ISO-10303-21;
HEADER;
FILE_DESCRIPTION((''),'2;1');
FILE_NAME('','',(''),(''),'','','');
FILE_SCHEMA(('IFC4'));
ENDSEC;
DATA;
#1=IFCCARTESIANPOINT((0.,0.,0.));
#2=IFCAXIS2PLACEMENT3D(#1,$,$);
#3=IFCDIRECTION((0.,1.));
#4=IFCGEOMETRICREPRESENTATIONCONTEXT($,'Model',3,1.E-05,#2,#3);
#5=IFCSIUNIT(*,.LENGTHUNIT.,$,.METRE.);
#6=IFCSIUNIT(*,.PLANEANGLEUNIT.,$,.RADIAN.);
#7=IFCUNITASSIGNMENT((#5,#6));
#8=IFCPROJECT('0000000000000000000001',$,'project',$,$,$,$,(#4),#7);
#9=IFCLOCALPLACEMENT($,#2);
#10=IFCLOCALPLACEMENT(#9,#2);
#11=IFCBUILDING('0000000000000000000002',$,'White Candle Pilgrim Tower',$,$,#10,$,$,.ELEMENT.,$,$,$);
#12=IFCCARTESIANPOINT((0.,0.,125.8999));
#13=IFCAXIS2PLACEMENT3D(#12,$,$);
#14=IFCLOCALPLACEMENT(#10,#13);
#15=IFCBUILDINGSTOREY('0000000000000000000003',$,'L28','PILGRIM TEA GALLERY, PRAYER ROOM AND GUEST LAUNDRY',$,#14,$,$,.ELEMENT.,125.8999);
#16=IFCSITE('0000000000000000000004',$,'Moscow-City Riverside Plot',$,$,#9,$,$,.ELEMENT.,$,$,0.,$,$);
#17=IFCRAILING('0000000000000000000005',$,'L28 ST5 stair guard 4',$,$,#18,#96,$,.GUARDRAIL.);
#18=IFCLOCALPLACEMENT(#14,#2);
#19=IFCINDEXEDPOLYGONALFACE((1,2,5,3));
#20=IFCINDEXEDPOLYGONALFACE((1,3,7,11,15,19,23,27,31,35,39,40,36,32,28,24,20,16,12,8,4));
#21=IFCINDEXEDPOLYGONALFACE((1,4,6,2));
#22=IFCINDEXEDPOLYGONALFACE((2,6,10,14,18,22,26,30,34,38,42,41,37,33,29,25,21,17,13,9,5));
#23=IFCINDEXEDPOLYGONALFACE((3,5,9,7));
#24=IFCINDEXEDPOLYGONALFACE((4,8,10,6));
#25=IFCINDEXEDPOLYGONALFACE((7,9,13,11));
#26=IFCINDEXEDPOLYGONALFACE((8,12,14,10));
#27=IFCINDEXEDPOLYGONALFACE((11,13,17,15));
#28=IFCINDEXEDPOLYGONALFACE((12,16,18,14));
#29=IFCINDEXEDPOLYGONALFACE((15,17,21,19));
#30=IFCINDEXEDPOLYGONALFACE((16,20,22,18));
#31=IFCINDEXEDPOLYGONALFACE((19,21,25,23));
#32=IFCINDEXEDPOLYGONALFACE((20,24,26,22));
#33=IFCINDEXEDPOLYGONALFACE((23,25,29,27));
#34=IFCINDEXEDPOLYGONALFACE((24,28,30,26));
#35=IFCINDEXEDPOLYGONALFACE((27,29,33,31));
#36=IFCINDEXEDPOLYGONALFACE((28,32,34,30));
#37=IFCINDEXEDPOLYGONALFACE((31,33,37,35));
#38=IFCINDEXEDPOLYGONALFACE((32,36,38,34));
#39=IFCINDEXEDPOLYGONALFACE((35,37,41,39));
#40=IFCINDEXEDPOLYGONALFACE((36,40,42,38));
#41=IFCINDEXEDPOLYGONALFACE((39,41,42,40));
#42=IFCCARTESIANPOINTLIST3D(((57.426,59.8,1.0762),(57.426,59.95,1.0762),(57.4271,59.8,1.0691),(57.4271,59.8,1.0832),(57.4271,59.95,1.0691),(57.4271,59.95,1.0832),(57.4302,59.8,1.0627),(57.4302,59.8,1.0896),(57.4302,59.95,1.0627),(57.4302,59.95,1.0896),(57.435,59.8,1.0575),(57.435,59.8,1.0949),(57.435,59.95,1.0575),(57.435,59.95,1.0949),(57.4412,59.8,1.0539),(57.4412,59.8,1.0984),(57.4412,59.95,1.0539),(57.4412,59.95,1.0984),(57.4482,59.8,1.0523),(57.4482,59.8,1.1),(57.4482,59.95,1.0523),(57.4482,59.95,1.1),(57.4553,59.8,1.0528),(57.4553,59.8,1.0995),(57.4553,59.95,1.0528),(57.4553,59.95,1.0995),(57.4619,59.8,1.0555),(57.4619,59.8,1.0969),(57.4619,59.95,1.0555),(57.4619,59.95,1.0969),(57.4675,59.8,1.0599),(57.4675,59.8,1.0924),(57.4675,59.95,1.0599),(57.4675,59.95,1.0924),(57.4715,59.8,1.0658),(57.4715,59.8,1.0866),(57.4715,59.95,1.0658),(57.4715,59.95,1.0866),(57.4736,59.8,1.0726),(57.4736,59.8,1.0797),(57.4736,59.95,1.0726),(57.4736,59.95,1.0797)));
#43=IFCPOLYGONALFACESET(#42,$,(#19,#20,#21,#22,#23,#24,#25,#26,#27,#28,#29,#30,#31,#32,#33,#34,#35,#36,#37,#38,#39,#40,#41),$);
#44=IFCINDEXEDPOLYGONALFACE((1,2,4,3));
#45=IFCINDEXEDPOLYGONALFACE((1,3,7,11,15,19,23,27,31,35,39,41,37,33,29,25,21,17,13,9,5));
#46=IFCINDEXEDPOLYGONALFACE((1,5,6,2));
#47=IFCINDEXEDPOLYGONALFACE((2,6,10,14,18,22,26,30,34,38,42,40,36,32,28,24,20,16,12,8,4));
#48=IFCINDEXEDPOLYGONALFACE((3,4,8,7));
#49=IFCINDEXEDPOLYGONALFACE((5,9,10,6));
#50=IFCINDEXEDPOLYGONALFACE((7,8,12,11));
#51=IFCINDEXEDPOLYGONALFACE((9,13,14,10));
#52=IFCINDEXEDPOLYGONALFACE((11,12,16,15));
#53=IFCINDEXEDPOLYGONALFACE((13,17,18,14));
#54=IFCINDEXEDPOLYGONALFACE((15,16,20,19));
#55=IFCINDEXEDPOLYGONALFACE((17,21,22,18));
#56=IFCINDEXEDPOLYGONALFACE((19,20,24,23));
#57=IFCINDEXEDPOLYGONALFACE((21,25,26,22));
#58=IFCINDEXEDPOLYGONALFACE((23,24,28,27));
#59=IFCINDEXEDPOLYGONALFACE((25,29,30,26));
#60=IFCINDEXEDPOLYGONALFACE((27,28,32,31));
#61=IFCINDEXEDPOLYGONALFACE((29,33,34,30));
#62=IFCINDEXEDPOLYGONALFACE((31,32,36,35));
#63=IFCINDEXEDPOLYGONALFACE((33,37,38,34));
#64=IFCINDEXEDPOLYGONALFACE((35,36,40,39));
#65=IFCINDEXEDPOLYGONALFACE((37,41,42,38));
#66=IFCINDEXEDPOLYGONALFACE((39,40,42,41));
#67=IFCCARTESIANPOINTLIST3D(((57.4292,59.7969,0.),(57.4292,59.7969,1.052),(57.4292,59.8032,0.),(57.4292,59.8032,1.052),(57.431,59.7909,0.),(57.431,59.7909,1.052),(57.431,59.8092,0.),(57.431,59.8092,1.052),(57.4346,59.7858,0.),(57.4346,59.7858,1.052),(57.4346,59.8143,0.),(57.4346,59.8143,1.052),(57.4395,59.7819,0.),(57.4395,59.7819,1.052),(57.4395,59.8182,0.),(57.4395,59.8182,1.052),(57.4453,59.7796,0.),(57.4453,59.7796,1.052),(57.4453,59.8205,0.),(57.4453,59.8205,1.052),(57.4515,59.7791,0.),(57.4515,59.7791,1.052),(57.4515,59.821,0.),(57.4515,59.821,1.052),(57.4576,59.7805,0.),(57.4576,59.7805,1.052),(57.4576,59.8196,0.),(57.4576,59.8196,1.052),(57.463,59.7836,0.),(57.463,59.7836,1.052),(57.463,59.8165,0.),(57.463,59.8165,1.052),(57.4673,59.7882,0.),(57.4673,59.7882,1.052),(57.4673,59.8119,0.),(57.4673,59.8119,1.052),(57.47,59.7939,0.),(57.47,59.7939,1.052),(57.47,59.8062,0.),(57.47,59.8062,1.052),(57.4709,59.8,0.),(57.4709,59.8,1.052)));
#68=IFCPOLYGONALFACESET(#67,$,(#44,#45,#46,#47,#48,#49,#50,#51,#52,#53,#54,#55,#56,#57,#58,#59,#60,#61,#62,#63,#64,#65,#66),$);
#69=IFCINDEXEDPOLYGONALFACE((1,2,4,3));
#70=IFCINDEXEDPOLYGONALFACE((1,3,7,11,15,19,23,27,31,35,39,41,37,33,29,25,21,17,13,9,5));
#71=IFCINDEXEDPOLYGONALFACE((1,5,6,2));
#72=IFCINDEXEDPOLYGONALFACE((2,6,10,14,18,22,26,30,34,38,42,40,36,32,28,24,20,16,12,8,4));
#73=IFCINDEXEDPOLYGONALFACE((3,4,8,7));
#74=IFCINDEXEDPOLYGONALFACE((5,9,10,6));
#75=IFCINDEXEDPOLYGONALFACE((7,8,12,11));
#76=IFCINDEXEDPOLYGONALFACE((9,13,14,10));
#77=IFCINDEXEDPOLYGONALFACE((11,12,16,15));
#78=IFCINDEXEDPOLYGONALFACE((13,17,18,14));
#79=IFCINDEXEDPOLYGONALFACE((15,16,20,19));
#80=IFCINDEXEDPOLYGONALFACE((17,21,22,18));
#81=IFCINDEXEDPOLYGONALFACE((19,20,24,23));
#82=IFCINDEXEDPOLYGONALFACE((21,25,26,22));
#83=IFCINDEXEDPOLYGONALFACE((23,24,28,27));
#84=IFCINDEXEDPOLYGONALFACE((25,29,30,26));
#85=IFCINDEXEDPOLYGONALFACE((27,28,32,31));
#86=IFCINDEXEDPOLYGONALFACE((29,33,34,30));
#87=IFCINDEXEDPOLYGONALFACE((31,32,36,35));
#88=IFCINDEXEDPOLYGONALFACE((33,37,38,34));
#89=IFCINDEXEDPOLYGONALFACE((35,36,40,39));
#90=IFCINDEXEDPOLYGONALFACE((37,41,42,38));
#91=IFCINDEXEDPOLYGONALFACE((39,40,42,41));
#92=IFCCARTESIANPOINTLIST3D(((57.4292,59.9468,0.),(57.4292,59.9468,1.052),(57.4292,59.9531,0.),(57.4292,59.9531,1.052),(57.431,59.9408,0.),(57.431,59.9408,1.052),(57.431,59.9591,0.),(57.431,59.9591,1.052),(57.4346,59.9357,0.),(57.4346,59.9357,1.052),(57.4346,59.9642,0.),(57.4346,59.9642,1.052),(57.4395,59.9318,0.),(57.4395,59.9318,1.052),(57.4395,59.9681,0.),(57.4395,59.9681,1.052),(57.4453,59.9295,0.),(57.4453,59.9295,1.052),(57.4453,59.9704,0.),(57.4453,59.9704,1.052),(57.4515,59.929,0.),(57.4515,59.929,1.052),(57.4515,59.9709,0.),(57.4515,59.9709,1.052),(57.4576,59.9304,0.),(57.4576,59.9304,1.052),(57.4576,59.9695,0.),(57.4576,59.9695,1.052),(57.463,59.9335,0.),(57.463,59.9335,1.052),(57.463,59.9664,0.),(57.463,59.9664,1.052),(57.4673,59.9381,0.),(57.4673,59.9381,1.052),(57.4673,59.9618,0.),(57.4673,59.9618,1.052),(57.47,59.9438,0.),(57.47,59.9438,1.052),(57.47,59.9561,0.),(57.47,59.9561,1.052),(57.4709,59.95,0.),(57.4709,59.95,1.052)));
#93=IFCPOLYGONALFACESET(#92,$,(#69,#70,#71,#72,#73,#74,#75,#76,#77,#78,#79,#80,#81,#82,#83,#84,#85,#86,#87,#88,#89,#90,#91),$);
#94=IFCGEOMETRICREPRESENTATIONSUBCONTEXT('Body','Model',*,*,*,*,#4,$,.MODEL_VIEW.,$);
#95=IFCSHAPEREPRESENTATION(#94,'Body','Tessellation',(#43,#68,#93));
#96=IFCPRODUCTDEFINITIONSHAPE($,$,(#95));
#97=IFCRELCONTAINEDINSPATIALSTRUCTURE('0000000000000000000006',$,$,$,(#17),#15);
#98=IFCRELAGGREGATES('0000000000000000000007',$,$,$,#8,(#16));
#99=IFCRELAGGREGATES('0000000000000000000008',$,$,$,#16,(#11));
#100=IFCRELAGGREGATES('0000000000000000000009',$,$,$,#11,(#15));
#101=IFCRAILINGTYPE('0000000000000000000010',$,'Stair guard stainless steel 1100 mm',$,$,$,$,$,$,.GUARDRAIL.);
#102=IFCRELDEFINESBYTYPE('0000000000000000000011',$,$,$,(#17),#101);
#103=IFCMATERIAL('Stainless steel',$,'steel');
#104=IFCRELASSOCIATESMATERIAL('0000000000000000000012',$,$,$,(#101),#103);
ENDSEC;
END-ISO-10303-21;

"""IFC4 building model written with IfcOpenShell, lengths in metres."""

from ifc_helpers import new_model, si_unit, direction, frame, origin, origin_2d, place, context, subcontext, project, spatial, circle, extrude, material, type_object, element, save


model = new_model("IFC4")

# Units and contexts
model_context = context("Model", 3, precision=1e-05, world=origin(), true_north=direction((0.0, 1.0)))
body_context = subcontext(model_context, "Body", "Model", "MODEL_VIEW")
ifc_project = project(units=[si_unit("LENGTHUNIT", "METRE"), si_unit("PLANEANGLEUNIT", "RADIAN")], contexts=[model_context])

# Site, building, storey
site_placement = place(None, origin())
site = spatial("IfcSite", under=ifc_project, at=site_placement, Name="Moscow-City Riverside Plot", CompositionType="ELEMENT", RefElevation=0.0)
building_placement = place(site_placement, origin())
building = spatial("IfcBuilding", under=site, at=building_placement, Name="White Candle Pilgrim Tower", CompositionType="ELEMENT")
storey_placement = place(building_placement, frame((0.0, 0.0, 125.8999)))
storey = spatial("IfcBuildingStorey", under=building, at=storey_placement, Name="L28", Description="PILGRIM TEA GALLERY, PRAYER ROOM AND GUEST LAUNDRY", CompositionType="ELEMENT", Elevation=125.8999)

# Railing
ifc_material_1 = material(Name="Stainless steel", Category="steel")
railing_type_1 = type_object("IfcRailingType", Name="Stair guard stainless steel 1100 mm", PredefinedType="GUARDRAIL", material=ifc_material_1)
railing_1_placement = place(storey_placement, frame((57.45, 59.8, 0.0)))
element("IfcRailing", 1, at=railing_1_placement, inside=storey, type_object=railing_type_1, Name="L28 ST5 stair guard 4", PredefinedType="GUARDRAIL", context=body_context, shape_type="SweptSolid", body=[
    extrude(circle(Radius=0.0239, at=origin_2d()), frame((0.0, 0.0, 1.0762), z_axis=(0.0, 1.0, 0.0), x_axis=(-1.0, 0.0, 0.0)), (0.0, 0.0, 1.0), 0.1499),
    extrude(circle(Radius=0.021, at=origin_2d()), origin(), (0.0, 0.0, 1.0), 1.052),
    extrude(circle(Radius=0.021, at=origin_2d()), frame((0.0, 0.1499, 0.0)), (0.0, 0.0, 1.0), 1.052),
])

save(model, "model.ifc")
